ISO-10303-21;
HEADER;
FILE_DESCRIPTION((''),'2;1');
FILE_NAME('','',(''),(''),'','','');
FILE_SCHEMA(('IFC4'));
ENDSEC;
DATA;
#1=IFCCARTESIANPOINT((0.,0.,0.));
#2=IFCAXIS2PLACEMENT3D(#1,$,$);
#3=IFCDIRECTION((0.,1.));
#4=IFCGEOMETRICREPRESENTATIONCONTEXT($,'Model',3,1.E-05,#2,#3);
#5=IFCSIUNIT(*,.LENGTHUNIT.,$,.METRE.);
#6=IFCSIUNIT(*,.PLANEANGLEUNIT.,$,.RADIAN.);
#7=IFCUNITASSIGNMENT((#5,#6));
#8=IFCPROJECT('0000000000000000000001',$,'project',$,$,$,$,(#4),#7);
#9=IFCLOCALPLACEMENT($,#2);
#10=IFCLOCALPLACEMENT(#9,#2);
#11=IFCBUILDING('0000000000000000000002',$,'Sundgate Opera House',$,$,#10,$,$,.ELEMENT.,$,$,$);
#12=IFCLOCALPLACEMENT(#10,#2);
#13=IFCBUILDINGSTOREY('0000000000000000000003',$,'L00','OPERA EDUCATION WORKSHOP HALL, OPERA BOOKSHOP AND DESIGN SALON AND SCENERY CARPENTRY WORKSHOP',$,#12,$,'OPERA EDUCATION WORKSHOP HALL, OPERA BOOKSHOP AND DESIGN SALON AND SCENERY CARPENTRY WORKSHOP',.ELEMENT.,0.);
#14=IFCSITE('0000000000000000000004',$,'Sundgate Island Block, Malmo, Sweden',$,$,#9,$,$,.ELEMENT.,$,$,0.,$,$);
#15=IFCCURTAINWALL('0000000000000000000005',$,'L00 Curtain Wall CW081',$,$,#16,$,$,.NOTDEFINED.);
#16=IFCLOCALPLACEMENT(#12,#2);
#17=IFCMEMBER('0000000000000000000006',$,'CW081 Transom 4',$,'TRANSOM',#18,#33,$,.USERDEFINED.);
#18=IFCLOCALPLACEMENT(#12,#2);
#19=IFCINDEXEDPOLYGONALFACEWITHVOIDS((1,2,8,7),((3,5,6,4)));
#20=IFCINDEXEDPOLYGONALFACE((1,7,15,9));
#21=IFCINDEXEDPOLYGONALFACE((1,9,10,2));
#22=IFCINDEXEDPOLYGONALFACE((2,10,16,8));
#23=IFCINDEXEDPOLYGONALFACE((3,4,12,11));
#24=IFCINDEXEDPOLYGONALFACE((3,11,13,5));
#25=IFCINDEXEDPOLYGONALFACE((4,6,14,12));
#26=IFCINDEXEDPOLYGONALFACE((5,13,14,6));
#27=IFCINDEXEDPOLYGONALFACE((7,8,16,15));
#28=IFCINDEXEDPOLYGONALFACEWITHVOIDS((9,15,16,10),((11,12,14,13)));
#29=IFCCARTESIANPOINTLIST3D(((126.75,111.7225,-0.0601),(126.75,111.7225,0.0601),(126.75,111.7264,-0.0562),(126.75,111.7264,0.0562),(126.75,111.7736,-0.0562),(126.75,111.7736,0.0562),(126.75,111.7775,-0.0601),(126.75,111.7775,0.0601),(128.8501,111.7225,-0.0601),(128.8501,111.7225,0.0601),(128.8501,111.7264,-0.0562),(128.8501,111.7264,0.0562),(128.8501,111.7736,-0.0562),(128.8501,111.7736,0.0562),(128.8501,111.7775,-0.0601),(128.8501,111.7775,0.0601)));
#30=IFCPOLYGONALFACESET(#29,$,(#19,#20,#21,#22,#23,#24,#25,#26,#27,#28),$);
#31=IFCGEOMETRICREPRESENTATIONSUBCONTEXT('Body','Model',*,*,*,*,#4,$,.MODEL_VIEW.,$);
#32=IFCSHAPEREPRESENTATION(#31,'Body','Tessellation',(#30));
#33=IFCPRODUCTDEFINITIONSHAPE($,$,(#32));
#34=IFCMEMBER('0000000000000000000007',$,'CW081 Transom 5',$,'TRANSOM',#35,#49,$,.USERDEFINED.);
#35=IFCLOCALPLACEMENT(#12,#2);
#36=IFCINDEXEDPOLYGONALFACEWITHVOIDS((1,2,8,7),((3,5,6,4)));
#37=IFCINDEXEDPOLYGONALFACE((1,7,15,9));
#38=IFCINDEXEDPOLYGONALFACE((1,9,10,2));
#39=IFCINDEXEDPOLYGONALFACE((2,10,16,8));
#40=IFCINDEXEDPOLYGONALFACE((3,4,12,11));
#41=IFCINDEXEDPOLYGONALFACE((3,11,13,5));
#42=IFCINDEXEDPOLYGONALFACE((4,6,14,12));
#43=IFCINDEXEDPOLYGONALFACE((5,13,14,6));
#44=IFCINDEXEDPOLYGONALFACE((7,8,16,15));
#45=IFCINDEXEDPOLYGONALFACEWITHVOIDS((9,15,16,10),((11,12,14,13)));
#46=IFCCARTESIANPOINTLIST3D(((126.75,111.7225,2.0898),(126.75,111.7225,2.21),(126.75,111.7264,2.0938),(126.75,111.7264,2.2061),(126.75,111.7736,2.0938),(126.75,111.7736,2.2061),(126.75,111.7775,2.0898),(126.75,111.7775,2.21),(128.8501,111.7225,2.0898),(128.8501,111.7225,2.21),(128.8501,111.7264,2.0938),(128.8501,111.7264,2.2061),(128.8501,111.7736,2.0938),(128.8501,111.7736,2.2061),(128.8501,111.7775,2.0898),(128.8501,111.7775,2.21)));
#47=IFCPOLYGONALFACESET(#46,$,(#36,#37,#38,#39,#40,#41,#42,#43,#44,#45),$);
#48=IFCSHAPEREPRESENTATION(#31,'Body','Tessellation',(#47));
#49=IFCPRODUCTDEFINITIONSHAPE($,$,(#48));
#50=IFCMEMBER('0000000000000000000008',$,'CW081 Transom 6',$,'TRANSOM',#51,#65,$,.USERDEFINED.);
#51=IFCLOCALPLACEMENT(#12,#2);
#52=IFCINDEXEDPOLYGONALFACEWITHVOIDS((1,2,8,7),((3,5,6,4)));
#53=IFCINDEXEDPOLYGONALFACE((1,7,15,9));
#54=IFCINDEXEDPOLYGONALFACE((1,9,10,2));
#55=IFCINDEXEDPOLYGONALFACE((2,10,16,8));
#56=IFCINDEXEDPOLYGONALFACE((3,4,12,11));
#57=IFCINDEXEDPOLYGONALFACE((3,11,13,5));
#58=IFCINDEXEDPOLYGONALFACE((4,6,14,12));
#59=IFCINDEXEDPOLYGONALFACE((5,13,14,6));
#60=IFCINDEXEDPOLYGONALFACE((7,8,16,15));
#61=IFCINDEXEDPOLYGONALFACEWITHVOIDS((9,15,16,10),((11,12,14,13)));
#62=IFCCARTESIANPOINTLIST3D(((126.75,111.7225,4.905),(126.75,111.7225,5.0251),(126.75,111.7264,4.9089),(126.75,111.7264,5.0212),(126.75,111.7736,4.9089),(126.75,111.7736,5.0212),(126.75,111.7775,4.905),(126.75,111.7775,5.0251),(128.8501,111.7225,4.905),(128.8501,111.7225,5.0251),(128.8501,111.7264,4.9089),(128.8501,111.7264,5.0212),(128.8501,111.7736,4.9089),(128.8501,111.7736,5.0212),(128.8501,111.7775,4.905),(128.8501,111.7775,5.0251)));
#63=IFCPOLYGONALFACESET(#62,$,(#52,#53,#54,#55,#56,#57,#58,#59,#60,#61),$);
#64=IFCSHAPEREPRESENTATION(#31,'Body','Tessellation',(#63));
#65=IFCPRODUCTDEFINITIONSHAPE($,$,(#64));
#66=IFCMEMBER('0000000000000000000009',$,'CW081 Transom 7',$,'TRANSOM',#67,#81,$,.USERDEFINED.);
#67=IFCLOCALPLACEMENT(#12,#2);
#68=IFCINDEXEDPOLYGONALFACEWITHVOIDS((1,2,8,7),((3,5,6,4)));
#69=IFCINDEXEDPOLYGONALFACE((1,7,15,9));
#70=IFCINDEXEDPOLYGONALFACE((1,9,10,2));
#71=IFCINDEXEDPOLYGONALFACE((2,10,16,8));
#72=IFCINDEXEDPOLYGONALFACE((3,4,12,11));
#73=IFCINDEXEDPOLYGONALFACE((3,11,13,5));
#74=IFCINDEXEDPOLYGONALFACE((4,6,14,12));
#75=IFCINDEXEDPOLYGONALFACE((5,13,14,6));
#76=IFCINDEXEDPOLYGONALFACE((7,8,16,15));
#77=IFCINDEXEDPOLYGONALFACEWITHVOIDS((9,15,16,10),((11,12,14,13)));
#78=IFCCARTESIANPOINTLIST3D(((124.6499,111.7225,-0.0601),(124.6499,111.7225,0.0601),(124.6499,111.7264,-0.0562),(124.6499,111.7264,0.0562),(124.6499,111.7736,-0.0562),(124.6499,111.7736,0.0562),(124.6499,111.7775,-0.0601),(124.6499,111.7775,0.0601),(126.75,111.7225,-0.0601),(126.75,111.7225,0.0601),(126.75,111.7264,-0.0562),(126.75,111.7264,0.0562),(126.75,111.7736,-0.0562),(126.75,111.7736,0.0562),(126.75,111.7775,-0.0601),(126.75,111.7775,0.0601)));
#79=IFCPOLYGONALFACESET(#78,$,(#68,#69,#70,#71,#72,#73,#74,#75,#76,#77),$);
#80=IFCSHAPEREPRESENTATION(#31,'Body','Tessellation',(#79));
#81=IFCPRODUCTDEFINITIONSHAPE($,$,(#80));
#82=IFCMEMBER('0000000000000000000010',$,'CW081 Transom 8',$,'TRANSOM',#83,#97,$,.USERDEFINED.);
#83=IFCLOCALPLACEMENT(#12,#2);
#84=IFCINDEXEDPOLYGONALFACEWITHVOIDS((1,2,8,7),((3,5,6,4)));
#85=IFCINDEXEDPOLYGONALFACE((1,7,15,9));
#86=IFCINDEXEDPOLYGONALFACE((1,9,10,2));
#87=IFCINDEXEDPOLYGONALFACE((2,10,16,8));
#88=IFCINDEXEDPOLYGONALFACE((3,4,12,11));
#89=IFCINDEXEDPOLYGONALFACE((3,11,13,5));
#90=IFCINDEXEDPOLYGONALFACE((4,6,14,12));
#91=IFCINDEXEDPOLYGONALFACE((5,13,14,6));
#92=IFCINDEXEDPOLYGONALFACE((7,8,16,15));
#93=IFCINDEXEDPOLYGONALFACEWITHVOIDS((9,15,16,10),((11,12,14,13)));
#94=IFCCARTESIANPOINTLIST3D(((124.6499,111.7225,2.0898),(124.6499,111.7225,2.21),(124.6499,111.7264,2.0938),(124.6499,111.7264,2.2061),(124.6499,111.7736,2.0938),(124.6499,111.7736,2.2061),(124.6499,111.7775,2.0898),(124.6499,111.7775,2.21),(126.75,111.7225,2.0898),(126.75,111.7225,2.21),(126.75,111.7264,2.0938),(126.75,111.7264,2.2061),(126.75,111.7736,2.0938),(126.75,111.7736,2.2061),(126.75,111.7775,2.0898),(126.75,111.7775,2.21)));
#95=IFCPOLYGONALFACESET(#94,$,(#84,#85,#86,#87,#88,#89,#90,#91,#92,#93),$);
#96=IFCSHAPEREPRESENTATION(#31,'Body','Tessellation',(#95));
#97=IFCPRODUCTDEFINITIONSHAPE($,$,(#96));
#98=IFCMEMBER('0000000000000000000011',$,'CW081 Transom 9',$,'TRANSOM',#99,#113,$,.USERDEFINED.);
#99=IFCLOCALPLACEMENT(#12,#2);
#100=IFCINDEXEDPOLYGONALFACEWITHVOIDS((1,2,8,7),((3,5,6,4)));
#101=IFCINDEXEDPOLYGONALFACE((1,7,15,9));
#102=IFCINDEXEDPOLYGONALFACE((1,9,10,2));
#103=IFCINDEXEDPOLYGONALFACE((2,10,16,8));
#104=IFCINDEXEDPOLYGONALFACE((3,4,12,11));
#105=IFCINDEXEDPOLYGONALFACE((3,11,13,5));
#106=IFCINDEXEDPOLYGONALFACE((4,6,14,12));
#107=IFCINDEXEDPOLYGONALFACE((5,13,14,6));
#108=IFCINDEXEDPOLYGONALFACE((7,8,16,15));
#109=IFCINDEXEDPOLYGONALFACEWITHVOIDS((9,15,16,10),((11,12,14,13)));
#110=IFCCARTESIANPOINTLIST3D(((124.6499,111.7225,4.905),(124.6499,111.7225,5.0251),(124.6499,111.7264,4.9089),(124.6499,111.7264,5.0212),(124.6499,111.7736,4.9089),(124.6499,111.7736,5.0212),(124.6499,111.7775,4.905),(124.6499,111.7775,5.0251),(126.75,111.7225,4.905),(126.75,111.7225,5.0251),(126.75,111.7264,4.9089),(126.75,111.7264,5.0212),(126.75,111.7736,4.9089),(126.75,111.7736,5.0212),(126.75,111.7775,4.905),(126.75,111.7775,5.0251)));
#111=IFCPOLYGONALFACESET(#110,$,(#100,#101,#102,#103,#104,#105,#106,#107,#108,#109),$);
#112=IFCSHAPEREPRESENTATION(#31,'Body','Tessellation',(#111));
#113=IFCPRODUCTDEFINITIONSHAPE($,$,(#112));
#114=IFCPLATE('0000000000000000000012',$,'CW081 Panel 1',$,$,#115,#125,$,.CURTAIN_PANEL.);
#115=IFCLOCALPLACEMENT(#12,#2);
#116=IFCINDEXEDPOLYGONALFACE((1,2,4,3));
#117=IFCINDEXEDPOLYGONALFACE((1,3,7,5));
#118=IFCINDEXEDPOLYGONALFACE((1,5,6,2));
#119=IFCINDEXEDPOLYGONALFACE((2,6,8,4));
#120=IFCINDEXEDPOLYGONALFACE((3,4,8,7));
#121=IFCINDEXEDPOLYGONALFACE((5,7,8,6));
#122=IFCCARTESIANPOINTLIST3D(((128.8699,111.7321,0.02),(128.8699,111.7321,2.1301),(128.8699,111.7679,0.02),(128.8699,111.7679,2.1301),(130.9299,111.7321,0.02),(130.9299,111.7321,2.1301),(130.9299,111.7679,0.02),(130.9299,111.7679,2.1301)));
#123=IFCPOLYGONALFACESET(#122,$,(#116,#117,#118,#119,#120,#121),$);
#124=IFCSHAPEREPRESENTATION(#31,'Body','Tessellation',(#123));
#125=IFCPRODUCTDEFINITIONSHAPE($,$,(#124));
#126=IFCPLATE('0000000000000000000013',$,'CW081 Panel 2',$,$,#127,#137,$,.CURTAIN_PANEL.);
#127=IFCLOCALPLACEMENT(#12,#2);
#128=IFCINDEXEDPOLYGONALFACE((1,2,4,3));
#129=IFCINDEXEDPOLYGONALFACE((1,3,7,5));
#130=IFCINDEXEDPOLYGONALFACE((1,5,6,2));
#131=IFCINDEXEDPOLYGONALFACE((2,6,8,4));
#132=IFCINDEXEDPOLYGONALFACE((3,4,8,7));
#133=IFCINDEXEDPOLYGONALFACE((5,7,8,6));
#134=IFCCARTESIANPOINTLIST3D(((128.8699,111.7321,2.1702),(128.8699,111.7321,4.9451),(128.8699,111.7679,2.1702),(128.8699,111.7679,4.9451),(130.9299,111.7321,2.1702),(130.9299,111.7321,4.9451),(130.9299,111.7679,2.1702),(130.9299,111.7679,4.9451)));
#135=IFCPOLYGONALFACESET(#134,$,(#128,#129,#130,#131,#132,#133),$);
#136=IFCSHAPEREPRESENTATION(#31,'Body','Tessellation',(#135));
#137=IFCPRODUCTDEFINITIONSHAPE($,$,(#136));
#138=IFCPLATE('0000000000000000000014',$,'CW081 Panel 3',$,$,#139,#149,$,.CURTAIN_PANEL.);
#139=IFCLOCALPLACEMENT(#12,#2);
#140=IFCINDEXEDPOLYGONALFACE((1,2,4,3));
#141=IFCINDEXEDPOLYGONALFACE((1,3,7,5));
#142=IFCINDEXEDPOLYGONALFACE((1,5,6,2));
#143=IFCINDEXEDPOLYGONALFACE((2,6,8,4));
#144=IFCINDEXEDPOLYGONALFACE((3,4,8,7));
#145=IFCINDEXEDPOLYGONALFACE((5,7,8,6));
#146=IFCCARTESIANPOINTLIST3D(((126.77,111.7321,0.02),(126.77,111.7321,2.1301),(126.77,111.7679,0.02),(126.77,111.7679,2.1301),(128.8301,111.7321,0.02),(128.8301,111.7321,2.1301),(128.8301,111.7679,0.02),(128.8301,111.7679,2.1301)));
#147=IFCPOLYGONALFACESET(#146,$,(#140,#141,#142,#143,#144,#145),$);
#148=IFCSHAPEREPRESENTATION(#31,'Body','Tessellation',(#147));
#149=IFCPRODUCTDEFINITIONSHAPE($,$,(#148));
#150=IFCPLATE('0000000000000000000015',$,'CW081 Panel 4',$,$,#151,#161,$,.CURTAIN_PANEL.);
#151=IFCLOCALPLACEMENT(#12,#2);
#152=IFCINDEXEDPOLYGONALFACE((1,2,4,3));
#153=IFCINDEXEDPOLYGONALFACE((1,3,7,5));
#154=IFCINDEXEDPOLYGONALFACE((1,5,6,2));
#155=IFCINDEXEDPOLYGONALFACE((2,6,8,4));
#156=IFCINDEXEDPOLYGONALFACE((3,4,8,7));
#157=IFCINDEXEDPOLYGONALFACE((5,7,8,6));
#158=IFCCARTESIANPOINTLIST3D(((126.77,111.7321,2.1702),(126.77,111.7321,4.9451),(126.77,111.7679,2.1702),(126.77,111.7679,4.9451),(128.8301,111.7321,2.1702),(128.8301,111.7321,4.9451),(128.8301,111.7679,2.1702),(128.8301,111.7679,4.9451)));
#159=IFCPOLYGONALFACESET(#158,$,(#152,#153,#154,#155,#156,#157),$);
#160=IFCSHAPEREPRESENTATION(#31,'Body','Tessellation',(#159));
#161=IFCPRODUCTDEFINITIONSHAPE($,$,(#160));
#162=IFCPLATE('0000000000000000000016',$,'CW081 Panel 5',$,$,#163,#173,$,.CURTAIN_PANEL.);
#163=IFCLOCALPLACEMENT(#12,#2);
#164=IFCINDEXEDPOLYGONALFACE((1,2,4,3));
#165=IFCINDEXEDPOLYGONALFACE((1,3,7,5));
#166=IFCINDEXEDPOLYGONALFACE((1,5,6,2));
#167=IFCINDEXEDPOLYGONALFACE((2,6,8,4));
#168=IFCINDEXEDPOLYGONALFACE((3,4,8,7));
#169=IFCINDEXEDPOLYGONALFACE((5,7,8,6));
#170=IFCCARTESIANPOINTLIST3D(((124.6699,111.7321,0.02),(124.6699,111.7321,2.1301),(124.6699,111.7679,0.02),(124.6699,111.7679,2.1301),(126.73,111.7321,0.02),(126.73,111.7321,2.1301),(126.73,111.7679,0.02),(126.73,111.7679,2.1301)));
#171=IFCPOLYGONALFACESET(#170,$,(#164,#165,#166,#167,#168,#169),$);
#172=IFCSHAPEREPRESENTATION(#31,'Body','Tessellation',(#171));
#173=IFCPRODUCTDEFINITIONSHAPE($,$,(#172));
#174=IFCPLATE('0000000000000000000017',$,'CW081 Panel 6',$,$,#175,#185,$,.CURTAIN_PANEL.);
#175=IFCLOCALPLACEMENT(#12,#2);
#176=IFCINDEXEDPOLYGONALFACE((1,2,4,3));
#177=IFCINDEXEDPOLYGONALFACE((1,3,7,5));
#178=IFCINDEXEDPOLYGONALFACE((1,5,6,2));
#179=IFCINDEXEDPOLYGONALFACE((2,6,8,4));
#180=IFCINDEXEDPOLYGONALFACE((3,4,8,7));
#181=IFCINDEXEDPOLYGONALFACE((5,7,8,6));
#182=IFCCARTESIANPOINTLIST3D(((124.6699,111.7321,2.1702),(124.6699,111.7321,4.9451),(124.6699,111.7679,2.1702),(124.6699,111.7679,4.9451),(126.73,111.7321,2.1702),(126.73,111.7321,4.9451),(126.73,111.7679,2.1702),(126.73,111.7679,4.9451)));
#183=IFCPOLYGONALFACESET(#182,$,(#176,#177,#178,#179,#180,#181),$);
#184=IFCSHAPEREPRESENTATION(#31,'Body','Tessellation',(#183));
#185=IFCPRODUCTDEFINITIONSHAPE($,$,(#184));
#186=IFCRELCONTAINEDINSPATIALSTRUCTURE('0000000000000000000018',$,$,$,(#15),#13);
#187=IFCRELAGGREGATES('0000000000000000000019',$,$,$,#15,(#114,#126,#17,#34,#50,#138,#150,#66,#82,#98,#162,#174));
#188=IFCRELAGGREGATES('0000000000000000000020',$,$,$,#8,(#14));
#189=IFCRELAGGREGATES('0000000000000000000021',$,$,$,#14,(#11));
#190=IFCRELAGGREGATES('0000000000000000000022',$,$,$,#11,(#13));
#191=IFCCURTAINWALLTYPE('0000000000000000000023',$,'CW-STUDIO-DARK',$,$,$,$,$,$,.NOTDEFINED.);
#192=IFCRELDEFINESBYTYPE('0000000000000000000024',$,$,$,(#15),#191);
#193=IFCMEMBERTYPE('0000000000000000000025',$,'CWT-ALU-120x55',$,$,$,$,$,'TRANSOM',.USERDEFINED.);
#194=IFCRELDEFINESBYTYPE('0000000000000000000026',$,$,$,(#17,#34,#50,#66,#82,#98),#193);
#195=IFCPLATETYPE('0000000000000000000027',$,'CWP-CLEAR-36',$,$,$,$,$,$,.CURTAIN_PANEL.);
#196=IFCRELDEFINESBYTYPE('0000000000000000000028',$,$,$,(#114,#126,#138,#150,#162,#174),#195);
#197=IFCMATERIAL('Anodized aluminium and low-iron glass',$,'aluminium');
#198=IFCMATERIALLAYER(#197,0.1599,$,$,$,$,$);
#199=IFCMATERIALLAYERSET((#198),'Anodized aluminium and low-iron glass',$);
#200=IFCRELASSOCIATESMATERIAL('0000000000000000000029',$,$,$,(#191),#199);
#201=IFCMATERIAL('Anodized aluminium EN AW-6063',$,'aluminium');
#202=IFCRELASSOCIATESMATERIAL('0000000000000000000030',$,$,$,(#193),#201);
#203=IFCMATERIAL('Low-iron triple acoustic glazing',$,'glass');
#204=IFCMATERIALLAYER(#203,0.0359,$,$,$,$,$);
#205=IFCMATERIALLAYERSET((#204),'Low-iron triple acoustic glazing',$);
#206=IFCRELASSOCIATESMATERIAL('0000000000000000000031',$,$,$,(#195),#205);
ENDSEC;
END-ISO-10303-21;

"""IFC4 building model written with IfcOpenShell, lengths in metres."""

from ifc_helpers import new_model, si_unit, direction, frame, origin, origin_2d, place, context, subcontext, project, spatial, rectangle, hollow_rectangle, extrude, material, layer, layer_set, material_profile, profile_set, type_object, element, aggregate, save


model = new_model("IFC4")

# Units and contexts
model_context = context("Model", 3, precision=1e-05, world=origin(), true_north=direction((0.0, 1.0)))
body_context = subcontext(model_context, "Body", "Model", "MODEL_VIEW")
ifc_project = project(units=[si_unit("LENGTHUNIT", "METRE"), si_unit("PLANEANGLEUNIT", "RADIAN")], contexts=[model_context])

# Site, building, storey
site_placement = place(None, origin())
site = spatial("IfcSite", under=ifc_project, at=site_placement, Name="Sundgate Island Block, Malmo, Sweden", CompositionType="ELEMENT", RefElevation=0.0)
building_placement = place(site_placement, origin())
building = spatial("IfcBuilding", under=site, at=building_placement, Name="Sundgate Opera House", CompositionType="ELEMENT")
storey_placement = place(building_placement, origin())
storey = spatial("IfcBuildingStorey", under=building, at=storey_placement, Name="L00", Description="OPERA EDUCATION WORKSHOP HALL, OPERA BOOKSHOP AND DESIGN SALON AND SCENERY CARPENTRY WORKSHOP", LongName="OPERA EDUCATION WORKSHOP HALL, OPERA BOOKSHOP AND DESIGN SALON AND SCENERY CARPENTRY WORKSHOP", CompositionType="ELEMENT", Elevation=0.0)

# Curtain wall, members, plates
ifc_material_1 = material(Name="Anodized aluminium and low-iron glass", Category="aluminium")
ifc_layer_1 = layer(ifc_material_1, 0.1599)
ifc_layer_set_1 = layer_set([ifc_layer_1], Name="Anodized aluminium and low-iron glass")
curtain_wall_type = type_object("IfcCurtainWallType", Name="CW-STUDIO-DARK", PredefinedType="NOTDEFINED", material=ifc_layer_set_1)
curtain_wall_placement = place(storey_placement, origin())
curtain_wall = element("IfcCurtainWall", 1, at=curtain_wall_placement, inside=storey, type_object=curtain_wall_type, Name="L00 Curtain Wall CW081", PredefinedType="NOTDEFINED")
ifc_material_2 = material(Name="Anodized aluminium EN AW-6063", Category="aluminium")
ifc_material_profile_1 = material_profile(ifc_material_2, hollow_rectangle(XDim=0.0549, YDim=0.1201, WallThickness=0.0039, at=origin_2d()), Name="CWT 120x55x4")
ifc_profile_set_1 = profile_set([ifc_material_profile_1], Name="Anodized aluminium EN AW-6063")
member_type_1 = type_object("IfcMemberType", Name="CWT-ALU-120x55", ElementType="TRANSOM", PredefinedType="USERDEFINED", material=ifc_profile_set_1)
member_1_placement = place(storey_placement, frame((128.8501, 111.75, 0.0), z_axis=(-1.0, 0.0, 0.0), x_axis=(0.0, -1.0, 0.0)))
member_1 = element("IfcMember", 2, at=member_1_placement, type_object=member_type_1, Name="CW081 Transom 4", ObjectType="TRANSOM", PredefinedType="USERDEFINED", context=body_context, shape_type="SweptSolid", body=[
    extrude(hollow_rectangle(XDim=0.0549, YDim=0.1201, WallThickness=0.0039, at=origin_2d()), origin(), (0.0, 0.0, 1.0), 2.1001),
])
member_2_placement = place(storey_placement, frame((128.8501, 111.75, 2.1499), z_axis=(-1.0, 0.0, 0.0), x_axis=(0.0, -1.0, 0.0)))
member_2 = element("IfcMember", 3, at=member_2_placement, type_object=member_type_1, Name="CW081 Transom 5", ObjectType="TRANSOM", PredefinedType="USERDEFINED", context=body_context, shape_type="SweptSolid", body=[
    extrude(hollow_rectangle(XDim=0.0549, YDim=0.1201, WallThickness=0.0039, at=origin_2d()), origin(), (0.0, 0.0, 1.0), 2.1001),
])
member_3_placement = place(storey_placement, frame((128.8501, 111.75, 4.9651), z_axis=(-1.0, 0.0, 0.0), x_axis=(0.0, -1.0, 0.0)))
member_3 = element("IfcMember", 4, at=member_3_placement, type_object=member_type_1, Name="CW081 Transom 6", ObjectType="TRANSOM", PredefinedType="USERDEFINED", context=body_context, shape_type="SweptSolid", body=[
    extrude(hollow_rectangle(XDim=0.0549, YDim=0.1201, WallThickness=0.0039, at=origin_2d()), origin(), (0.0, 0.0, 1.0), 2.1001),
])
member_4_placement = place(storey_placement, frame((126.75, 111.75, 0.0), z_axis=(-1.0, 0.0, 0.0), x_axis=(0.0, -1.0, 0.0)))
member_4 = element("IfcMember", 5, at=member_4_placement, type_object=member_type_1, Name="CW081 Transom 7", ObjectType="TRANSOM", PredefinedType="USERDEFINED", context=body_context, shape_type="SweptSolid", body=[
    extrude(hollow_rectangle(XDim=0.0549, YDim=0.1201, WallThickness=0.0039, at=origin_2d()), origin(), (0.0, 0.0, 1.0), 2.1001),
])
member_5_placement = place(storey_placement, frame((126.75, 111.75, 2.1499), z_axis=(-1.0, 0.0, 0.0), x_axis=(0.0, -1.0, 0.0)))
member_5 = element("IfcMember", 6, at=member_5_placement, type_object=member_type_1, Name="CW081 Transom 8", ObjectType="TRANSOM", PredefinedType="USERDEFINED", context=body_context, shape_type="SweptSolid", body=[
    extrude(hollow_rectangle(XDim=0.0549, YDim=0.1201, WallThickness=0.0039, at=origin_2d()), origin(), (0.0, 0.0, 1.0), 2.1001),
])
member_6_placement = place(storey_placement, frame((126.75, 111.75, 4.9651), z_axis=(-1.0, 0.0, 0.0), x_axis=(0.0, -1.0, 0.0)))
member_6 = element("IfcMember", 7, at=member_6_placement, type_object=member_type_1, Name="CW081 Transom 9", ObjectType="TRANSOM", PredefinedType="USERDEFINED", context=body_context, shape_type="SweptSolid", body=[
    extrude(hollow_rectangle(XDim=0.0549, YDim=0.1201, WallThickness=0.0039, at=origin_2d()), origin(), (0.0, 0.0, 1.0), 2.1001),
])
ifc_material_3 = material(Name="Low-iron triple acoustic glazing", Category="glass")
ifc_layer_2 = layer(ifc_material_3, 0.0359)
ifc_layer_set_2 = layer_set([ifc_layer_2], Name="Low-iron triple acoustic glazing")
plate_type = type_object("IfcPlateType", Name="CWP-CLEAR-36", PredefinedType="CURTAIN_PANEL", material=ifc_layer_set_2)
plate_1_placement = place(storey_placement, frame((129.8999, 111.75, 0.02), z_axis=(0.0, 0.0, 1.0), x_axis=(-1.0, 0.0, 0.0)))
plate_1 = element("IfcPlate", 8, at=plate_1_placement, type_object=plate_type, Name="CW081 Panel 1", PredefinedType="CURTAIN_PANEL", context=body_context, shape_type="SweptSolid", body=[
    extrude(rectangle(XDim=2.0601, YDim=0.0359, at=origin_2d()), origin(), (0.0, 0.0, 1.0), 2.1101),
])
plate_2_placement = place(storey_placement, frame((129.8999, 111.75, 2.1702), z_axis=(0.0, 0.0, 1.0), x_axis=(-1.0, 0.0, 0.0)))
plate_2 = element("IfcPlate", 9, at=plate_2_placement, type_object=plate_type, Name="CW081 Panel 2", PredefinedType="CURTAIN_PANEL", context=body_context, shape_type="SweptSolid", body=[
    extrude(rectangle(XDim=2.0601, YDim=0.0359, at=origin_2d()), origin(), (0.0, 0.0, 1.0), 2.7749),
])
plate_3_placement = place(storey_placement, frame((127.8, 111.75, 0.02), z_axis=(0.0, 0.0, 1.0), x_axis=(-1.0, 0.0, 0.0)))
plate_3 = element("IfcPlate", 10, at=plate_3_placement, type_object=plate_type, Name="CW081 Panel 3", PredefinedType="CURTAIN_PANEL", context=body_context, shape_type="SweptSolid", body=[
    extrude(rectangle(XDim=2.0601, YDim=0.0359, at=origin_2d()), origin(), (0.0, 0.0, 1.0), 2.1101),
])
plate_4_placement = place(storey_placement, frame((127.8, 111.75, 2.1702), z_axis=(0.0, 0.0, 1.0), x_axis=(-1.0, 0.0, 0.0)))
plate_4 = element("IfcPlate", 11, at=plate_4_placement, type_object=plate_type, Name="CW081 Panel 4", PredefinedType="CURTAIN_PANEL", context=body_context, shape_type="SweptSolid", body=[
    extrude(rectangle(XDim=2.0601, YDim=0.0359, at=origin_2d()), origin(), (0.0, 0.0, 1.0), 2.7749),
])
plate_5_placement = place(storey_placement, frame((125.7, 111.75, 0.02), z_axis=(0.0, 0.0, 1.0), x_axis=(-1.0, 0.0, 0.0)))
plate_5 = element("IfcPlate", 12, at=plate_5_placement, type_object=plate_type, Name="CW081 Panel 5", PredefinedType="CURTAIN_PANEL", context=body_context, shape_type="SweptSolid", body=[
    extrude(rectangle(XDim=2.0601, YDim=0.0359, at=origin_2d()), origin(), (0.0, 0.0, 1.0), 2.1101),
])
plate_6_placement = place(storey_placement, frame((125.7, 111.75, 2.1702), z_axis=(0.0, 0.0, 1.0), x_axis=(-1.0, 0.0, 0.0)))
plate_6 = element("IfcPlate", 13, at=plate_6_placement, type_object=plate_type, Name="CW081 Panel 6", PredefinedType="CURTAIN_PANEL", context=body_context, shape_type="SweptSolid", body=[
    extrude(rectangle(XDim=2.0601, YDim=0.0359, at=origin_2d()), origin(), (0.0, 0.0, 1.0), 2.7749),
])
aggregate(curtain_wall, [plate_1, plate_2, member_1, member_2, member_3, plate_3, plate_4, member_4, member_5, member_6, plate_5, plate_6])

save(model, "model.ifc")
